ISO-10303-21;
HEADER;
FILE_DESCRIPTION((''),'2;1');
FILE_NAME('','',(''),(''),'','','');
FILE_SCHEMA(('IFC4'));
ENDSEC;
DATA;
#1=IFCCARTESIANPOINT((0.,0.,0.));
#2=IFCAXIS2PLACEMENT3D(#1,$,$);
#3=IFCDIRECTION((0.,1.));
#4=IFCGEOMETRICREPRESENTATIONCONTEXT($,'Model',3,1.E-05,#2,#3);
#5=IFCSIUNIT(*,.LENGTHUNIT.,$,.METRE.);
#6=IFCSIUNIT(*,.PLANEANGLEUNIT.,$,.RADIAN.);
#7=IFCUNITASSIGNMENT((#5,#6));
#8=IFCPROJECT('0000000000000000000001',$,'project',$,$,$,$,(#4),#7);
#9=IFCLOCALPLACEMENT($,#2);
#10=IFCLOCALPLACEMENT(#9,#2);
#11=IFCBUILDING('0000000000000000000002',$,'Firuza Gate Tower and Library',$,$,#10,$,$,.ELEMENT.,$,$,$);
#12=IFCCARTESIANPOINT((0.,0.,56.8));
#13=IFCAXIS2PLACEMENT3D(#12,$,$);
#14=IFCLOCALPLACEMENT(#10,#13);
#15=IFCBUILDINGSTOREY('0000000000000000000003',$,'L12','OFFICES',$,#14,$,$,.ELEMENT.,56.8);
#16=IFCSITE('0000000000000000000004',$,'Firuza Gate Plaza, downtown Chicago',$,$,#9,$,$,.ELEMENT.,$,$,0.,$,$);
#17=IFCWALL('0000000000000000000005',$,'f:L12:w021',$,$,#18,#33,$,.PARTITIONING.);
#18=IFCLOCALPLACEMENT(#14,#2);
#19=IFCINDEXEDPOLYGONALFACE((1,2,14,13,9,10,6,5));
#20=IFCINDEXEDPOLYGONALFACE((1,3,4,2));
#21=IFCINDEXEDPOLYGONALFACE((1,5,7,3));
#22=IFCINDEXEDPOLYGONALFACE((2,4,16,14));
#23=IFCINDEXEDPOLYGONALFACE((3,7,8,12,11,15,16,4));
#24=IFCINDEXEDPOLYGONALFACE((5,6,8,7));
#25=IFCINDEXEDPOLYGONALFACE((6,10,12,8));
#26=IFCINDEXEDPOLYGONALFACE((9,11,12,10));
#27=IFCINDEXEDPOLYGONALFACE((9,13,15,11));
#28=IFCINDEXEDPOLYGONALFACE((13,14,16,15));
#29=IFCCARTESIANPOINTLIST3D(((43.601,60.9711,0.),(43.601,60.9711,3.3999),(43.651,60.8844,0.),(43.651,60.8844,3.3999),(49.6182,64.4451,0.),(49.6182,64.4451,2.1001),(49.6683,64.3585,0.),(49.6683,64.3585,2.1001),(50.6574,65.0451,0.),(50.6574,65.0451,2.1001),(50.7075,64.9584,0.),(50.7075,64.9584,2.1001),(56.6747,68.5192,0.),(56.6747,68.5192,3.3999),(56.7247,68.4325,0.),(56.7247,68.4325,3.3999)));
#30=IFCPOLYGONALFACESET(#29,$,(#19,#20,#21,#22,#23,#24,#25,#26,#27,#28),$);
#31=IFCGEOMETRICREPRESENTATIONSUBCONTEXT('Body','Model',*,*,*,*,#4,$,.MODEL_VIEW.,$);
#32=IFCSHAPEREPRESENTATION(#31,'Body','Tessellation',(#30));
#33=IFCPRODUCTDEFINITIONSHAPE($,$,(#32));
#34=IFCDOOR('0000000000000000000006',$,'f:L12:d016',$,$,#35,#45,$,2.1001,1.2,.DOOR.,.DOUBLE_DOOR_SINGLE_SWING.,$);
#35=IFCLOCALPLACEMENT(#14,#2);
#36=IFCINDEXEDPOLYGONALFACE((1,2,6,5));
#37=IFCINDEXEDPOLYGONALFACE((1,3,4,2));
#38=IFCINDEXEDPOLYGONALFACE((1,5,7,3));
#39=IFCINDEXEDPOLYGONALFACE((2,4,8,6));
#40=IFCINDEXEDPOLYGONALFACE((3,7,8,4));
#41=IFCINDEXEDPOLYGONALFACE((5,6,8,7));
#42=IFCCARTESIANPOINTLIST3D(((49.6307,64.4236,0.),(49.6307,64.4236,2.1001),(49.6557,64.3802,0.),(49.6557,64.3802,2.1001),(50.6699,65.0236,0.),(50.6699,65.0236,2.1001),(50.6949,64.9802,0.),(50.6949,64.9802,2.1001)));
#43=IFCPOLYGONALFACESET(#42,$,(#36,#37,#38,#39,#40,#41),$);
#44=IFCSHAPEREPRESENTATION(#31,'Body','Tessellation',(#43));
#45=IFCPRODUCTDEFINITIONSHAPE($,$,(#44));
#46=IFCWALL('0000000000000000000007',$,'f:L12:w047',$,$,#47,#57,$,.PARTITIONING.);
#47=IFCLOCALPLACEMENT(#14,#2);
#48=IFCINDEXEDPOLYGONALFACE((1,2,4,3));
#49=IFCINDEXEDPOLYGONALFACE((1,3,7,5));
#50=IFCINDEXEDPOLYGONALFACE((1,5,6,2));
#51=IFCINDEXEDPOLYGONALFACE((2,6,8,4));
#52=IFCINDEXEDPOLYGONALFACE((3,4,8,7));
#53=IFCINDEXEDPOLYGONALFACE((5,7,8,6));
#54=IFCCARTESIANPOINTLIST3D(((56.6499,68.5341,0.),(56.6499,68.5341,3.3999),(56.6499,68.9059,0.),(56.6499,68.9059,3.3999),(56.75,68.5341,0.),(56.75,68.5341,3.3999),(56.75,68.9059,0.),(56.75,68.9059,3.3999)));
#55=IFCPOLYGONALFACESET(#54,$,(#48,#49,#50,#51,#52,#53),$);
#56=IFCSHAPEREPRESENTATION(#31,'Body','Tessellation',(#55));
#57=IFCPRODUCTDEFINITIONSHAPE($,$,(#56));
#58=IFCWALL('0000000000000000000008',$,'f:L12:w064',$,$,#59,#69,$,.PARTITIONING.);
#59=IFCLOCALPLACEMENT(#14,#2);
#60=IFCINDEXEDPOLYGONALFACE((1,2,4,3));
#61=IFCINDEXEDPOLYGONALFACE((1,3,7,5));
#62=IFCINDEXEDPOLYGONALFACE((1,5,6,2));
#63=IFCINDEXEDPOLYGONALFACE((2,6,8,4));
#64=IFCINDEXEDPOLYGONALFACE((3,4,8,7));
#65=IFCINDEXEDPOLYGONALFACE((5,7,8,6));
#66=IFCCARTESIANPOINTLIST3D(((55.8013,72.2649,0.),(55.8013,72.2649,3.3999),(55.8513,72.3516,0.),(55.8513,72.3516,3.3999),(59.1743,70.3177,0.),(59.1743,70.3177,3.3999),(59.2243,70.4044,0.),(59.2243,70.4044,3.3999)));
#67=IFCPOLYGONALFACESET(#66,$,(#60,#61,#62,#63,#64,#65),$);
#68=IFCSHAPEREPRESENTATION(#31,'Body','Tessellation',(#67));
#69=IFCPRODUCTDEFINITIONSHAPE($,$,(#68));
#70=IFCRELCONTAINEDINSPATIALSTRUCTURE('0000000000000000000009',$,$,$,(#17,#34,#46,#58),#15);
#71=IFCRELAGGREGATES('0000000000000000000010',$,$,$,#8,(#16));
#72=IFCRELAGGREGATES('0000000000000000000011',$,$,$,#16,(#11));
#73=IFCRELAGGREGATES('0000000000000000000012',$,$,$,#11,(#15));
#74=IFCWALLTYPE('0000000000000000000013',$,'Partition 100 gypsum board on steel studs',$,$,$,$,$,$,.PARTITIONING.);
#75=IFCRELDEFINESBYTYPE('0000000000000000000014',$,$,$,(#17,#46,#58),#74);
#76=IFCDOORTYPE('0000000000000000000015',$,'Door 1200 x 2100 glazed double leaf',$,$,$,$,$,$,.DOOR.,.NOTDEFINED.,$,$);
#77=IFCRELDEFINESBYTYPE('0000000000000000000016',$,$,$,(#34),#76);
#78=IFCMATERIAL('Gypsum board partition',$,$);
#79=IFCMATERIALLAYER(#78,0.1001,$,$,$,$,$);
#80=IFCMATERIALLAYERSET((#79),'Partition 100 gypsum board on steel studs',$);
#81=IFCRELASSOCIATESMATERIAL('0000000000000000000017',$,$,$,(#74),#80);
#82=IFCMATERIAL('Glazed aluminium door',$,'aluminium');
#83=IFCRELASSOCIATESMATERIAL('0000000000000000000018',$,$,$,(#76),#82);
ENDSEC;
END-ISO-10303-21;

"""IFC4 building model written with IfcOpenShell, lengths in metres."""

from ifc_helpers import new_model, si_unit, direction, frame, frame_2d, origin, place, context, subcontext, project, spatial, rectangle, extrude, material, layer, layer_set, type_object, element, fill, save


model = new_model("IFC4")

# Units and contexts
model_context = context("Model", 3, precision=1e-05, world=origin(), true_north=direction((0.0, 1.0)))
body_context = subcontext(model_context, "Body", "Model", "MODEL_VIEW")
ifc_project = project(units=[si_unit("LENGTHUNIT", "METRE"), si_unit("PLANEANGLEUNIT", "RADIAN")], contexts=[model_context])

# Site, building, storey
site_placement = place(None, origin())
site = spatial("IfcSite", under=ifc_project, at=site_placement, Name="Firuza Gate Plaza, downtown Chicago", CompositionType="ELEMENT", RefElevation=0.0)
building_placement = place(site_placement, origin())
building = spatial("IfcBuilding", under=site, at=building_placement, Name="Firuza Gate Tower and Library", CompositionType="ELEMENT")
storey_placement = place(building_placement, frame((0.0, 0.0, 56.8)))
storey = spatial("IfcBuildingStorey", under=building, at=storey_placement, Name="L12", Description="OFFICES", CompositionType="ELEMENT", Elevation=56.8)

# Wall, opening, door
ifc_material_1 = material(Name="Gypsum board partition")
ifc_layer_1 = layer(ifc_material_1, 0.1001)
ifc_layer_set_1 = layer_set([ifc_layer_1], Name="Partition 100 gypsum board on steel studs")
wall_type_1 = type_object("IfcWallType", Name="Partition 100 gypsum board on steel studs", PredefinedType="PARTITIONING", material=ifc_layer_set_1)
wall_1_placement = place(storey_placement, frame((56.6997, 68.4758, 0.0), z_axis=(0.0, 0.0, 1.0), x_axis=(-0.866026, -0.499999, 0.0)))
wall_1 = element("IfcWall", 1, at=wall_1_placement, inside=storey, type_object=wall_type_1, Name="f:L12:w021", PredefinedType="PARTITIONING", context=body_context, shape_type="SweptSolid", body=[
    extrude(rectangle(XDim=15.0962, YDim=0.1001, at=frame_2d((7.5481, 0.0))), origin(), (0.0, 0.0, 1.0), 3.3999),
])
opening_1_placement = place(wall_1_placement, frame((6.948, 0.0, 0.0)))
opening_1 = element("IfcOpeningElement", 2, at=opening_1_placement, cuts=wall_1, PredefinedType="OPENING", context=body_context, shape_type="SweptSolid", body=[
    extrude(rectangle(XDim=1.2, YDim=2.1001, at=frame_2d((0.6001, 1.05))), frame((0.0, 0.0601, 0.0), z_axis=(0.0, -1.0, 0.0), x_axis=(1.0, 0.0, 0.0)), (0.0, 0.0, 1.0), 0.1201),
])
ifc_material_2 = material(Name="Glazed aluminium door", Category="aluminium")
door_type_1 = type_object("IfcDoorType", Name="Door 1200 x 2100 glazed double leaf", OperationType="NOTDEFINED", PredefinedType="DOOR", material=ifc_material_2)
door_1_placement = place(opening_1_placement, origin())
door_1 = element("IfcDoor", 3, at=door_1_placement, inside=storey, type_object=door_type_1, Name="f:L12:d016", OperationType="DOUBLE_DOOR_SINGLE_SWING", OverallHeight=2.1001, OverallWidth=1.2, PredefinedType="DOOR", context=body_context, shape_type="SweptSolid", body=[
    extrude(rectangle(XDim=1.2, YDim=2.1001, at=frame_2d((0.6001, 1.05))), frame((0.0, 0.0249, 0.0), z_axis=(0.0, -1.0, 0.0), x_axis=(1.0, 0.0, 0.0)), (0.0, 0.0, 1.0), 0.05),
])
fill(opening_1, door_1)

# Walls
wall_2_placement = place(storey_placement, frame((56.7, 68.5339, 0.0), z_axis=(0.0, 0.0, 1.0), x_axis=(0.0, 1.0, 0.0)))
element("IfcWall", 4, at=wall_2_placement, inside=storey, type_object=wall_type_1, Name="f:L12:w047", PredefinedType="PARTITIONING", context=body_context, shape_type="SweptSolid", body=[
    extrude(rectangle(XDim=0.3718, YDim=0.1001, at=frame_2d((0.186, 0.0))), origin(), (0.0, 0.0, 1.0), 3.3999),
])
wall_3_placement = place(storey_placement, frame((59.1992, 70.3611, 0.0), z_axis=(0.0, 0.0, 1.0), x_axis=(-0.866044, 0.499968, 0.0)))
element("IfcWall", 5, at=wall_3_placement, inside=storey, type_object=wall_type_1, Name="f:L12:w064", PredefinedType="PARTITIONING", context=body_context, shape_type="SweptSolid", body=[
    extrude(rectangle(XDim=3.8948, YDim=0.1001, at=frame_2d((1.9473, 0.0))), origin(), (0.0, 0.0, 1.0), 3.3999),
])

save(model, "model.ifc")
